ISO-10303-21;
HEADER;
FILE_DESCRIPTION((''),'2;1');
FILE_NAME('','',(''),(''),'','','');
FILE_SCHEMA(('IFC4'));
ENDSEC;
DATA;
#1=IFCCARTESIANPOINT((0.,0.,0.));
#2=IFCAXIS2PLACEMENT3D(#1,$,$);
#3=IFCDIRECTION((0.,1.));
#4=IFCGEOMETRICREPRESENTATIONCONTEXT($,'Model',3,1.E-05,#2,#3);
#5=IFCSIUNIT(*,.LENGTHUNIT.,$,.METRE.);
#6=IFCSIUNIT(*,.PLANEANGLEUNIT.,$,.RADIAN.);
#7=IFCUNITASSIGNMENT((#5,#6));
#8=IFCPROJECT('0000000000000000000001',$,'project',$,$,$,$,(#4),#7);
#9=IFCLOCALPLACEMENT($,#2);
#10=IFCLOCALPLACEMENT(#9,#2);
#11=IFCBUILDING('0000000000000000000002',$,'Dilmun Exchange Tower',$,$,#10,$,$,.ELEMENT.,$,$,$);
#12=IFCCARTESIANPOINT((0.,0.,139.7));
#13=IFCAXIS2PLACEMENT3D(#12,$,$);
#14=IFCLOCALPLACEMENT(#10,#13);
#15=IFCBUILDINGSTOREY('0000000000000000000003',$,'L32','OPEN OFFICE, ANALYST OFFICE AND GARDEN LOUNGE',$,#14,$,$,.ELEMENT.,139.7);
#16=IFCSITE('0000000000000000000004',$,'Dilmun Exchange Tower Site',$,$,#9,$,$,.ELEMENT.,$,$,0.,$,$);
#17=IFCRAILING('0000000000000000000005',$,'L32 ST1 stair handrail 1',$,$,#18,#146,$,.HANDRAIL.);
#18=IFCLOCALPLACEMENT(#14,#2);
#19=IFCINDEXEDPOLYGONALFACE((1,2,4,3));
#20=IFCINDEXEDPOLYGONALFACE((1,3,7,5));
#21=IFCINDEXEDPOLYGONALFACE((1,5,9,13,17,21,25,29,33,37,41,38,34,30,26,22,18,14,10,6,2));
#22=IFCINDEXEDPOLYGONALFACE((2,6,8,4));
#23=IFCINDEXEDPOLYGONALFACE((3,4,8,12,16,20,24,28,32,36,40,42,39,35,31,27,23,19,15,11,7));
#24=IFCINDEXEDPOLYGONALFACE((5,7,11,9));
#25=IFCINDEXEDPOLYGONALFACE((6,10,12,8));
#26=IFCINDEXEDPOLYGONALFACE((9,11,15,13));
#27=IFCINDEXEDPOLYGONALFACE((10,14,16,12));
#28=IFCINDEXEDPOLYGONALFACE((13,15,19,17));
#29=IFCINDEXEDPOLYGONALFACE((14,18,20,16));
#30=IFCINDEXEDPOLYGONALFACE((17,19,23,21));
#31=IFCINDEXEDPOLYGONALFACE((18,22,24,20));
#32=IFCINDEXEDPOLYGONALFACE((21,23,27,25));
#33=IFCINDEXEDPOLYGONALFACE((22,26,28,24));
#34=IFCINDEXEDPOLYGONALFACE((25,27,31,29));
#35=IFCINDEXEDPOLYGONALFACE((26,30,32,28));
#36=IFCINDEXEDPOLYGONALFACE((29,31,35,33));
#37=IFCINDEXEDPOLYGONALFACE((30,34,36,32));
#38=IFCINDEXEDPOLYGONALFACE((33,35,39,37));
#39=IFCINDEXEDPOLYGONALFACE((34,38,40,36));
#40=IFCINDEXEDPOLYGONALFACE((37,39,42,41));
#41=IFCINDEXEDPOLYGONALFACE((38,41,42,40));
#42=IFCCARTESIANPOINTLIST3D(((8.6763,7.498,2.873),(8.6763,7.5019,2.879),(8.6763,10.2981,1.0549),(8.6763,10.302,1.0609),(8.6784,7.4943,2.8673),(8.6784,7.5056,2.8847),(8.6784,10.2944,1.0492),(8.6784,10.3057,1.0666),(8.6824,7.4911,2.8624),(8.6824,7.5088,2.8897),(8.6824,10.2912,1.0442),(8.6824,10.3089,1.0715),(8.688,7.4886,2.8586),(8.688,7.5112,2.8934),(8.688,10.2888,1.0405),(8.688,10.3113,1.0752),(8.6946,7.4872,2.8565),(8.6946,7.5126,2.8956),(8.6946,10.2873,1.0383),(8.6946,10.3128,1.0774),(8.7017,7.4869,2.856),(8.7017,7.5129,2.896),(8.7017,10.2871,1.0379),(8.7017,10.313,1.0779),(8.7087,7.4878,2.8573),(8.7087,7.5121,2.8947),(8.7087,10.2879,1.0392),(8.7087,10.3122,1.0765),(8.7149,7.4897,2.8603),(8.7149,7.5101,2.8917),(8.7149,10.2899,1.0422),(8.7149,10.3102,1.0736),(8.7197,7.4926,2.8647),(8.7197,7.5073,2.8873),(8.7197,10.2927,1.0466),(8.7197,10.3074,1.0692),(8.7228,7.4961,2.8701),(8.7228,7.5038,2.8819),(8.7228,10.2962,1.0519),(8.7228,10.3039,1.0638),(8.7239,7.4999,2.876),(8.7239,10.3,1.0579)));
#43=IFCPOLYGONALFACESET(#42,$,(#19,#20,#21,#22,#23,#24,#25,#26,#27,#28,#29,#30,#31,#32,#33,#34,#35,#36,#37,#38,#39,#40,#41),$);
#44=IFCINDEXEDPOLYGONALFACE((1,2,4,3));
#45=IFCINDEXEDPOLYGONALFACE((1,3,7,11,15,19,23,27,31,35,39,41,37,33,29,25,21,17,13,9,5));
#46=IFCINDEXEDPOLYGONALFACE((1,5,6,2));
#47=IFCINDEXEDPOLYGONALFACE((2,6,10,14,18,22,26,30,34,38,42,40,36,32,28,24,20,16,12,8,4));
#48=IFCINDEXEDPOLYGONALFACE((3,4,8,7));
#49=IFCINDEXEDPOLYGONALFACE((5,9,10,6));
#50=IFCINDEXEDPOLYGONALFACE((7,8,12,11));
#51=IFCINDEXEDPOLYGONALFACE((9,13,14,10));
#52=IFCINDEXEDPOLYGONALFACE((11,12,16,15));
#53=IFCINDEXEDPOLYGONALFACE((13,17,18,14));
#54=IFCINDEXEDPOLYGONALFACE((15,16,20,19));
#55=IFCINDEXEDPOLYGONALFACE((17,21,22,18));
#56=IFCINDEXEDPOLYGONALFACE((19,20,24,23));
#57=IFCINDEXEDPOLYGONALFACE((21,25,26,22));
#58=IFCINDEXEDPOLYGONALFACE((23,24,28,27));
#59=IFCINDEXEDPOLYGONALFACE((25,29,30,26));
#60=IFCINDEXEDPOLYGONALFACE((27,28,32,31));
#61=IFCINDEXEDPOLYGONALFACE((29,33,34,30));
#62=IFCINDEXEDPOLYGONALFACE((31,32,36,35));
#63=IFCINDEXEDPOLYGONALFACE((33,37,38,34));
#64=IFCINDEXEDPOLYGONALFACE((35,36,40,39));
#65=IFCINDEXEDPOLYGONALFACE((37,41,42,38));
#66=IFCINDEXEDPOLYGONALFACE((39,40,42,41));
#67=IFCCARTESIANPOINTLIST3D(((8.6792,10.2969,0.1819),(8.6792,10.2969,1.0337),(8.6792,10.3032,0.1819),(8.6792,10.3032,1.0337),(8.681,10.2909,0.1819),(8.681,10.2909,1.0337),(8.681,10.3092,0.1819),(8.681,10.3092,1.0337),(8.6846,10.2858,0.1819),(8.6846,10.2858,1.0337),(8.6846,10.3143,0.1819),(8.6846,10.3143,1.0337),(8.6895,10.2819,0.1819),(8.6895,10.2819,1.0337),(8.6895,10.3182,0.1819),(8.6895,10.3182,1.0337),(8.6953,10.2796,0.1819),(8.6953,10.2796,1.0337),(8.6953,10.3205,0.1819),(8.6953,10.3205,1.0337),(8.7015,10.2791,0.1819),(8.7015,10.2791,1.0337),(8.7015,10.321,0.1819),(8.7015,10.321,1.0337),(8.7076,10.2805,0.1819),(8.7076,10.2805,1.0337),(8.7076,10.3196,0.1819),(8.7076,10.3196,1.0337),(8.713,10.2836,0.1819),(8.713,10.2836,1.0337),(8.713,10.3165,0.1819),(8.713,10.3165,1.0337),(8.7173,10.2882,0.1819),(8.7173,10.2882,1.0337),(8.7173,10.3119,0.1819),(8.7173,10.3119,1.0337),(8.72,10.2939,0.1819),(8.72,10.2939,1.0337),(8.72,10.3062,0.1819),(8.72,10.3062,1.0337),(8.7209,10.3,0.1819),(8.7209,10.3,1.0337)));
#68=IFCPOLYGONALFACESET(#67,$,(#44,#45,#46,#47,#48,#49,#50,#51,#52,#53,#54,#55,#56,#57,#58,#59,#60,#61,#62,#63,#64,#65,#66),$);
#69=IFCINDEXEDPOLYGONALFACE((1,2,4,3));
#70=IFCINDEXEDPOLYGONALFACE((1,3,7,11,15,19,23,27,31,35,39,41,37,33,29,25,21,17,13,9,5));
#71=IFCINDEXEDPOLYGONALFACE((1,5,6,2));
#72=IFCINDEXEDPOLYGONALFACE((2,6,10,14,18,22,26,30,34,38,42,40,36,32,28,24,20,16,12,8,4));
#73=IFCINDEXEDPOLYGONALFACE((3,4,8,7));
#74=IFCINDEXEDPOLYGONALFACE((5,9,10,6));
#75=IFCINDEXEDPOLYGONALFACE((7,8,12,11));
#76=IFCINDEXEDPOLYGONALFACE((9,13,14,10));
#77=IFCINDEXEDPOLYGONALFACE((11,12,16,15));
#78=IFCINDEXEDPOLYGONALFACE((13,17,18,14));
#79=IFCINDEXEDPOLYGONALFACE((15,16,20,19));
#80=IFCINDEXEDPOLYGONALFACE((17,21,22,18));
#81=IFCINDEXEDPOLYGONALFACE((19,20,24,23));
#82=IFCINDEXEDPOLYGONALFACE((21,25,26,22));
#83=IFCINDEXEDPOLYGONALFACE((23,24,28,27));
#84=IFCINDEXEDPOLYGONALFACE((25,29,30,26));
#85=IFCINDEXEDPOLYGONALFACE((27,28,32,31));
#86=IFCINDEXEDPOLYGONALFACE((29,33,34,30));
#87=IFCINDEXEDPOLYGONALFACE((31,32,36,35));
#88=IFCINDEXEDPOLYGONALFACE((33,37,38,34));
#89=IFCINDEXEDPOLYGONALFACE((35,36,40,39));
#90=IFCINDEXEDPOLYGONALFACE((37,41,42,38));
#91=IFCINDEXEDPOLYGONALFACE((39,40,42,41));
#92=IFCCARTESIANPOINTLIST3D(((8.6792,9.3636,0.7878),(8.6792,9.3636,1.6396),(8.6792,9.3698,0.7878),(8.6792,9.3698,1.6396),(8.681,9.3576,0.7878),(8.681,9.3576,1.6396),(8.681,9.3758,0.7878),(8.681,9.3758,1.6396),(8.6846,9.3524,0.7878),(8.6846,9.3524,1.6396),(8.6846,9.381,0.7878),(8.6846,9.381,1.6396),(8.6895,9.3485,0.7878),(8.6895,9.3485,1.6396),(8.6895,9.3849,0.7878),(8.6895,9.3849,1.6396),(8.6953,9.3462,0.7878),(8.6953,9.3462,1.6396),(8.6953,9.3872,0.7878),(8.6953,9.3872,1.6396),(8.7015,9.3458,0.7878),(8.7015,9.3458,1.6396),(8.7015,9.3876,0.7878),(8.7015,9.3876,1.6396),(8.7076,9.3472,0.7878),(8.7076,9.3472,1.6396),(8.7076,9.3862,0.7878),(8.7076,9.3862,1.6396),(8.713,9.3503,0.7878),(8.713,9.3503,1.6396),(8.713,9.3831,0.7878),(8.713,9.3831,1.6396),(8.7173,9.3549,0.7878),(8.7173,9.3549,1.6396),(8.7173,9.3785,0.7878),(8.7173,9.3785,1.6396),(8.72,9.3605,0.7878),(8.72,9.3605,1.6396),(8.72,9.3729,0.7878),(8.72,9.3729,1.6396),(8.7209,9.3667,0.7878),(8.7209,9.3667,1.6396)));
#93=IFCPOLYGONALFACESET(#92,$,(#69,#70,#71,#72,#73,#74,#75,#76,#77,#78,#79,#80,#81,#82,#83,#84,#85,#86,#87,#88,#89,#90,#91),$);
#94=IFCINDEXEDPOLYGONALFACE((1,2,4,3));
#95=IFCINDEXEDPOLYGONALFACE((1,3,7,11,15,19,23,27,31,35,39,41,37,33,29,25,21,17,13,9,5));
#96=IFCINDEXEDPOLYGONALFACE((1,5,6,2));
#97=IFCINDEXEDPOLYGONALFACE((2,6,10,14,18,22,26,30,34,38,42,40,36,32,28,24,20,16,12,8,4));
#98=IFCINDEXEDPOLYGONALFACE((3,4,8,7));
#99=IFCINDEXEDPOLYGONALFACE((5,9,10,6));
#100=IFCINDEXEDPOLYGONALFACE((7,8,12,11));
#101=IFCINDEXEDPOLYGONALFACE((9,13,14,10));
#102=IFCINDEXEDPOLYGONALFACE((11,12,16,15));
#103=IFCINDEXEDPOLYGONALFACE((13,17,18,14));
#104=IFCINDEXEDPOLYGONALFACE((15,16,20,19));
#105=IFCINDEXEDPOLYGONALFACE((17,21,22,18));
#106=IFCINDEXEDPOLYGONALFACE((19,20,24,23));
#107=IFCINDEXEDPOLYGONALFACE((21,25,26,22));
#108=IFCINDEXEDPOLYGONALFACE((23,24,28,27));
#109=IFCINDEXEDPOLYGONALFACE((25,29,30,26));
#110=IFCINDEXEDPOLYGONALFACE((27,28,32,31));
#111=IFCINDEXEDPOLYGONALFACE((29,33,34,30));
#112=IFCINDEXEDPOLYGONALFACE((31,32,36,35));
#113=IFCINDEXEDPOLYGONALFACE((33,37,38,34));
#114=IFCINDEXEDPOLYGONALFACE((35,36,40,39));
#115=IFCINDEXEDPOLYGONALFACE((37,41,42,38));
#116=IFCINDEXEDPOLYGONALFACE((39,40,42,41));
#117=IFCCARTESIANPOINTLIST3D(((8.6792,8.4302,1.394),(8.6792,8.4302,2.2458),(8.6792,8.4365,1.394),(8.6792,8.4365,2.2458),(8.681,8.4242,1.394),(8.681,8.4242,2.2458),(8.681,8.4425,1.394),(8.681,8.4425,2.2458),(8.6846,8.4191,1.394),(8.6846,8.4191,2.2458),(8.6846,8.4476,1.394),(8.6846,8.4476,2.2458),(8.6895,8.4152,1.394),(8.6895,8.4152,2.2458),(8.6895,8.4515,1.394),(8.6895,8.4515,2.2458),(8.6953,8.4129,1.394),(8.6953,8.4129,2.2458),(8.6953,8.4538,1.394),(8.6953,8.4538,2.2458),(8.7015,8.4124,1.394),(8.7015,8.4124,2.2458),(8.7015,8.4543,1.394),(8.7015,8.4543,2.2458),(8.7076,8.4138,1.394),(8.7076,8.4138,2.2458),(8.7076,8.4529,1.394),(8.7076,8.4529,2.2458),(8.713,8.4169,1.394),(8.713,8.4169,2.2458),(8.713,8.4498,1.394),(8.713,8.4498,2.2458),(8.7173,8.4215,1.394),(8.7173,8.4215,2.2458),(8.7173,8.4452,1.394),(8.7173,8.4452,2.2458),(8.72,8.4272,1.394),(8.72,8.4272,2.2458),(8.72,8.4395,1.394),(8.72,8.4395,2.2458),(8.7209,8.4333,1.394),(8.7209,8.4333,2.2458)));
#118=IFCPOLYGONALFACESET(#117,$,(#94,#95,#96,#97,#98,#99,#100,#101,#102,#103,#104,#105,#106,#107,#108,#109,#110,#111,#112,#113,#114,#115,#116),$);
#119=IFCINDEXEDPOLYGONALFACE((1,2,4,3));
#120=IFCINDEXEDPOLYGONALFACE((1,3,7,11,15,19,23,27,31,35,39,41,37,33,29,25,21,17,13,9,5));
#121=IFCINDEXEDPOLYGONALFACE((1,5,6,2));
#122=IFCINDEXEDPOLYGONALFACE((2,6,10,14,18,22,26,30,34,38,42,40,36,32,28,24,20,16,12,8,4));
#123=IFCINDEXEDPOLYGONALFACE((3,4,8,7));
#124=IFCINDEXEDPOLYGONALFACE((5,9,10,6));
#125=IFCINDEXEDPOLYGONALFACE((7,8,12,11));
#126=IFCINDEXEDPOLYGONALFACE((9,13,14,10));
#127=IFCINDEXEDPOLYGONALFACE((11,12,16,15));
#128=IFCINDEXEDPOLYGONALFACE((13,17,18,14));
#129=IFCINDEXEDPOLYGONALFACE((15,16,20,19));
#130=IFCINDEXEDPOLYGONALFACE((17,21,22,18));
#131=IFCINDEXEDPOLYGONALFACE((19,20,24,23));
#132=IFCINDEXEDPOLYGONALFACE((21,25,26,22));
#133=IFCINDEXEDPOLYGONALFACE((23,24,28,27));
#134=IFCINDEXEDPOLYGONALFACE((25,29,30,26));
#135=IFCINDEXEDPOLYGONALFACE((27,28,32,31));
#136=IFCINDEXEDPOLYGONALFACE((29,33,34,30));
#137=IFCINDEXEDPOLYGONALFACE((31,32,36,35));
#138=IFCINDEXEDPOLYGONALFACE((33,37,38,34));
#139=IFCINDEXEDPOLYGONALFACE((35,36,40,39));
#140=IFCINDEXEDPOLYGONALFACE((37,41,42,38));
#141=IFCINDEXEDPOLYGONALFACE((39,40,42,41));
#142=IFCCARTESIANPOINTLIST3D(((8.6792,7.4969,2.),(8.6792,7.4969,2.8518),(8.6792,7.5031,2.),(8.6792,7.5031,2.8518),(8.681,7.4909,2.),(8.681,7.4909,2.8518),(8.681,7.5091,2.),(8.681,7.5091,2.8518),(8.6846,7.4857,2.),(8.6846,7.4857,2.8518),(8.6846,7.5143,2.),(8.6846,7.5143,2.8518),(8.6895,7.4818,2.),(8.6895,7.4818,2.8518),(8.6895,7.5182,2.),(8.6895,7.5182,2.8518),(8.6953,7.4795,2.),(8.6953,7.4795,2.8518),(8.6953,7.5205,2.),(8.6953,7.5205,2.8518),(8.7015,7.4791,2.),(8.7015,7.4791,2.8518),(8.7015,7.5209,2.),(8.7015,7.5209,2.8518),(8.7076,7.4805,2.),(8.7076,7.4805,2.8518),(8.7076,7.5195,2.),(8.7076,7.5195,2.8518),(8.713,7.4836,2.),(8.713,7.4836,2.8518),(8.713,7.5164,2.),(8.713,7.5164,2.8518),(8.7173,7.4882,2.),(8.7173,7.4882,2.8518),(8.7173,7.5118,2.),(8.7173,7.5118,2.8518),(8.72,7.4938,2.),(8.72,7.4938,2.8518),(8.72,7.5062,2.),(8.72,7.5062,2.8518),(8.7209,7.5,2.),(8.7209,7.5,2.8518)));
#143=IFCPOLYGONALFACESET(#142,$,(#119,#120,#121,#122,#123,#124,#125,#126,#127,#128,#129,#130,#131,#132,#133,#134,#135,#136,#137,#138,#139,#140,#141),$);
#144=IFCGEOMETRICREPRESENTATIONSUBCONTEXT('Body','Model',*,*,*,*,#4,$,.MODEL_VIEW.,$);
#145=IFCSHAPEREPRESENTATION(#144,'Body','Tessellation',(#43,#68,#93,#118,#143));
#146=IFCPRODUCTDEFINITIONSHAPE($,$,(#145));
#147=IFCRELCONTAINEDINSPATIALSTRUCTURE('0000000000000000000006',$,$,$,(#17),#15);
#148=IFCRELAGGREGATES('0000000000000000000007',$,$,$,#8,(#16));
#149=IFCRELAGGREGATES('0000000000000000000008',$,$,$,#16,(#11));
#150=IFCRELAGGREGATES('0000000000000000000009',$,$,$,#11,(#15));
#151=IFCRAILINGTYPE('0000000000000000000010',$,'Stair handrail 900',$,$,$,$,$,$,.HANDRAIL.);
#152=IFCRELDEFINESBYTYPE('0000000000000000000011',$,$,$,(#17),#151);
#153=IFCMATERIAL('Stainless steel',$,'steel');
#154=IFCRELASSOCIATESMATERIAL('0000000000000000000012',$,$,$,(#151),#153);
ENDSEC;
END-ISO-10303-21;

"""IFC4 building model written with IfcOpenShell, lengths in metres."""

from ifc_helpers import new_model, si_unit, direction, frame, origin, origin_2d, place, context, subcontext, project, spatial, circle, extrude, material, type_object, element, save


model = new_model("IFC4")

# Units and contexts
model_context = context("Model", 3, precision=1e-05, world=origin(), true_north=direction((0.0, 1.0)))
body_context = subcontext(model_context, "Body", "Model", "MODEL_VIEW")
ifc_project = project(units=[si_unit("LENGTHUNIT", "METRE"), si_unit("PLANEANGLEUNIT", "RADIAN")], contexts=[model_context])

# Site, building, storey
site_placement = place(None, origin())
site = spatial("IfcSite", under=ifc_project, at=site_placement, Name="Dilmun Exchange Tower Site", CompositionType="ELEMENT", RefElevation=0.0)
building_placement = place(site_placement, origin())
building = spatial("IfcBuilding", under=site, at=building_placement, Name="Dilmun Exchange Tower", CompositionType="ELEMENT")
storey_placement = place(building_placement, frame((0.0, 0.0, 139.7)))
storey = spatial("IfcBuildingStorey", under=building, at=storey_placement, Name="L32", Description="OPEN OFFICE, ANALYST OFFICE AND GARDEN LOUNGE", CompositionType="ELEMENT", Elevation=139.7)

# Railing
ifc_material_1 = material(Name="Stainless steel", Category="steel")
railing_type = type_object("IfcRailingType", Name="Stair handrail 900", PredefinedType="HANDRAIL", material=ifc_material_1)
railing_1_placement = place(storey_placement, frame((8.7, 10.3, 0.1819)))
element("IfcRailing", 1, at=railing_1_placement, inside=storey, type_object=railing_type, Name="L32 ST1 stair handrail 1", PredefinedType="HANDRAIL", context=body_context, shape_type="SweptSolid", body=[
    extrude(circle(Radius=0.0239, at=origin_2d()), frame((0.0, 0.0, 0.876), z_axis=(0.0, -0.838706, 0.544585), x_axis=(1.0, 0.0, 0.0)), (0.0, 0.0, 1.0), 3.3386),
    extrude(circle(Radius=0.021, at=origin_2d()), origin(), (0.0, 0.0, 1.0), 0.8518),
    extrude(circle(Radius=0.021, at=origin_2d()), frame((0.0, -0.9333, 0.606)), (0.0, 0.0, 1.0), 0.8518),
    extrude(circle(Radius=0.021, at=origin_2d()), frame((0.0, -1.8667, 1.2122)), (0.0, 0.0, 1.0), 0.8518),
    extrude(circle(Radius=0.021, at=origin_2d()), frame((0.0, -2.8, 1.8181)), (0.0, 0.0, 1.0), 0.8518),
])

save(model, "model.ifc")
